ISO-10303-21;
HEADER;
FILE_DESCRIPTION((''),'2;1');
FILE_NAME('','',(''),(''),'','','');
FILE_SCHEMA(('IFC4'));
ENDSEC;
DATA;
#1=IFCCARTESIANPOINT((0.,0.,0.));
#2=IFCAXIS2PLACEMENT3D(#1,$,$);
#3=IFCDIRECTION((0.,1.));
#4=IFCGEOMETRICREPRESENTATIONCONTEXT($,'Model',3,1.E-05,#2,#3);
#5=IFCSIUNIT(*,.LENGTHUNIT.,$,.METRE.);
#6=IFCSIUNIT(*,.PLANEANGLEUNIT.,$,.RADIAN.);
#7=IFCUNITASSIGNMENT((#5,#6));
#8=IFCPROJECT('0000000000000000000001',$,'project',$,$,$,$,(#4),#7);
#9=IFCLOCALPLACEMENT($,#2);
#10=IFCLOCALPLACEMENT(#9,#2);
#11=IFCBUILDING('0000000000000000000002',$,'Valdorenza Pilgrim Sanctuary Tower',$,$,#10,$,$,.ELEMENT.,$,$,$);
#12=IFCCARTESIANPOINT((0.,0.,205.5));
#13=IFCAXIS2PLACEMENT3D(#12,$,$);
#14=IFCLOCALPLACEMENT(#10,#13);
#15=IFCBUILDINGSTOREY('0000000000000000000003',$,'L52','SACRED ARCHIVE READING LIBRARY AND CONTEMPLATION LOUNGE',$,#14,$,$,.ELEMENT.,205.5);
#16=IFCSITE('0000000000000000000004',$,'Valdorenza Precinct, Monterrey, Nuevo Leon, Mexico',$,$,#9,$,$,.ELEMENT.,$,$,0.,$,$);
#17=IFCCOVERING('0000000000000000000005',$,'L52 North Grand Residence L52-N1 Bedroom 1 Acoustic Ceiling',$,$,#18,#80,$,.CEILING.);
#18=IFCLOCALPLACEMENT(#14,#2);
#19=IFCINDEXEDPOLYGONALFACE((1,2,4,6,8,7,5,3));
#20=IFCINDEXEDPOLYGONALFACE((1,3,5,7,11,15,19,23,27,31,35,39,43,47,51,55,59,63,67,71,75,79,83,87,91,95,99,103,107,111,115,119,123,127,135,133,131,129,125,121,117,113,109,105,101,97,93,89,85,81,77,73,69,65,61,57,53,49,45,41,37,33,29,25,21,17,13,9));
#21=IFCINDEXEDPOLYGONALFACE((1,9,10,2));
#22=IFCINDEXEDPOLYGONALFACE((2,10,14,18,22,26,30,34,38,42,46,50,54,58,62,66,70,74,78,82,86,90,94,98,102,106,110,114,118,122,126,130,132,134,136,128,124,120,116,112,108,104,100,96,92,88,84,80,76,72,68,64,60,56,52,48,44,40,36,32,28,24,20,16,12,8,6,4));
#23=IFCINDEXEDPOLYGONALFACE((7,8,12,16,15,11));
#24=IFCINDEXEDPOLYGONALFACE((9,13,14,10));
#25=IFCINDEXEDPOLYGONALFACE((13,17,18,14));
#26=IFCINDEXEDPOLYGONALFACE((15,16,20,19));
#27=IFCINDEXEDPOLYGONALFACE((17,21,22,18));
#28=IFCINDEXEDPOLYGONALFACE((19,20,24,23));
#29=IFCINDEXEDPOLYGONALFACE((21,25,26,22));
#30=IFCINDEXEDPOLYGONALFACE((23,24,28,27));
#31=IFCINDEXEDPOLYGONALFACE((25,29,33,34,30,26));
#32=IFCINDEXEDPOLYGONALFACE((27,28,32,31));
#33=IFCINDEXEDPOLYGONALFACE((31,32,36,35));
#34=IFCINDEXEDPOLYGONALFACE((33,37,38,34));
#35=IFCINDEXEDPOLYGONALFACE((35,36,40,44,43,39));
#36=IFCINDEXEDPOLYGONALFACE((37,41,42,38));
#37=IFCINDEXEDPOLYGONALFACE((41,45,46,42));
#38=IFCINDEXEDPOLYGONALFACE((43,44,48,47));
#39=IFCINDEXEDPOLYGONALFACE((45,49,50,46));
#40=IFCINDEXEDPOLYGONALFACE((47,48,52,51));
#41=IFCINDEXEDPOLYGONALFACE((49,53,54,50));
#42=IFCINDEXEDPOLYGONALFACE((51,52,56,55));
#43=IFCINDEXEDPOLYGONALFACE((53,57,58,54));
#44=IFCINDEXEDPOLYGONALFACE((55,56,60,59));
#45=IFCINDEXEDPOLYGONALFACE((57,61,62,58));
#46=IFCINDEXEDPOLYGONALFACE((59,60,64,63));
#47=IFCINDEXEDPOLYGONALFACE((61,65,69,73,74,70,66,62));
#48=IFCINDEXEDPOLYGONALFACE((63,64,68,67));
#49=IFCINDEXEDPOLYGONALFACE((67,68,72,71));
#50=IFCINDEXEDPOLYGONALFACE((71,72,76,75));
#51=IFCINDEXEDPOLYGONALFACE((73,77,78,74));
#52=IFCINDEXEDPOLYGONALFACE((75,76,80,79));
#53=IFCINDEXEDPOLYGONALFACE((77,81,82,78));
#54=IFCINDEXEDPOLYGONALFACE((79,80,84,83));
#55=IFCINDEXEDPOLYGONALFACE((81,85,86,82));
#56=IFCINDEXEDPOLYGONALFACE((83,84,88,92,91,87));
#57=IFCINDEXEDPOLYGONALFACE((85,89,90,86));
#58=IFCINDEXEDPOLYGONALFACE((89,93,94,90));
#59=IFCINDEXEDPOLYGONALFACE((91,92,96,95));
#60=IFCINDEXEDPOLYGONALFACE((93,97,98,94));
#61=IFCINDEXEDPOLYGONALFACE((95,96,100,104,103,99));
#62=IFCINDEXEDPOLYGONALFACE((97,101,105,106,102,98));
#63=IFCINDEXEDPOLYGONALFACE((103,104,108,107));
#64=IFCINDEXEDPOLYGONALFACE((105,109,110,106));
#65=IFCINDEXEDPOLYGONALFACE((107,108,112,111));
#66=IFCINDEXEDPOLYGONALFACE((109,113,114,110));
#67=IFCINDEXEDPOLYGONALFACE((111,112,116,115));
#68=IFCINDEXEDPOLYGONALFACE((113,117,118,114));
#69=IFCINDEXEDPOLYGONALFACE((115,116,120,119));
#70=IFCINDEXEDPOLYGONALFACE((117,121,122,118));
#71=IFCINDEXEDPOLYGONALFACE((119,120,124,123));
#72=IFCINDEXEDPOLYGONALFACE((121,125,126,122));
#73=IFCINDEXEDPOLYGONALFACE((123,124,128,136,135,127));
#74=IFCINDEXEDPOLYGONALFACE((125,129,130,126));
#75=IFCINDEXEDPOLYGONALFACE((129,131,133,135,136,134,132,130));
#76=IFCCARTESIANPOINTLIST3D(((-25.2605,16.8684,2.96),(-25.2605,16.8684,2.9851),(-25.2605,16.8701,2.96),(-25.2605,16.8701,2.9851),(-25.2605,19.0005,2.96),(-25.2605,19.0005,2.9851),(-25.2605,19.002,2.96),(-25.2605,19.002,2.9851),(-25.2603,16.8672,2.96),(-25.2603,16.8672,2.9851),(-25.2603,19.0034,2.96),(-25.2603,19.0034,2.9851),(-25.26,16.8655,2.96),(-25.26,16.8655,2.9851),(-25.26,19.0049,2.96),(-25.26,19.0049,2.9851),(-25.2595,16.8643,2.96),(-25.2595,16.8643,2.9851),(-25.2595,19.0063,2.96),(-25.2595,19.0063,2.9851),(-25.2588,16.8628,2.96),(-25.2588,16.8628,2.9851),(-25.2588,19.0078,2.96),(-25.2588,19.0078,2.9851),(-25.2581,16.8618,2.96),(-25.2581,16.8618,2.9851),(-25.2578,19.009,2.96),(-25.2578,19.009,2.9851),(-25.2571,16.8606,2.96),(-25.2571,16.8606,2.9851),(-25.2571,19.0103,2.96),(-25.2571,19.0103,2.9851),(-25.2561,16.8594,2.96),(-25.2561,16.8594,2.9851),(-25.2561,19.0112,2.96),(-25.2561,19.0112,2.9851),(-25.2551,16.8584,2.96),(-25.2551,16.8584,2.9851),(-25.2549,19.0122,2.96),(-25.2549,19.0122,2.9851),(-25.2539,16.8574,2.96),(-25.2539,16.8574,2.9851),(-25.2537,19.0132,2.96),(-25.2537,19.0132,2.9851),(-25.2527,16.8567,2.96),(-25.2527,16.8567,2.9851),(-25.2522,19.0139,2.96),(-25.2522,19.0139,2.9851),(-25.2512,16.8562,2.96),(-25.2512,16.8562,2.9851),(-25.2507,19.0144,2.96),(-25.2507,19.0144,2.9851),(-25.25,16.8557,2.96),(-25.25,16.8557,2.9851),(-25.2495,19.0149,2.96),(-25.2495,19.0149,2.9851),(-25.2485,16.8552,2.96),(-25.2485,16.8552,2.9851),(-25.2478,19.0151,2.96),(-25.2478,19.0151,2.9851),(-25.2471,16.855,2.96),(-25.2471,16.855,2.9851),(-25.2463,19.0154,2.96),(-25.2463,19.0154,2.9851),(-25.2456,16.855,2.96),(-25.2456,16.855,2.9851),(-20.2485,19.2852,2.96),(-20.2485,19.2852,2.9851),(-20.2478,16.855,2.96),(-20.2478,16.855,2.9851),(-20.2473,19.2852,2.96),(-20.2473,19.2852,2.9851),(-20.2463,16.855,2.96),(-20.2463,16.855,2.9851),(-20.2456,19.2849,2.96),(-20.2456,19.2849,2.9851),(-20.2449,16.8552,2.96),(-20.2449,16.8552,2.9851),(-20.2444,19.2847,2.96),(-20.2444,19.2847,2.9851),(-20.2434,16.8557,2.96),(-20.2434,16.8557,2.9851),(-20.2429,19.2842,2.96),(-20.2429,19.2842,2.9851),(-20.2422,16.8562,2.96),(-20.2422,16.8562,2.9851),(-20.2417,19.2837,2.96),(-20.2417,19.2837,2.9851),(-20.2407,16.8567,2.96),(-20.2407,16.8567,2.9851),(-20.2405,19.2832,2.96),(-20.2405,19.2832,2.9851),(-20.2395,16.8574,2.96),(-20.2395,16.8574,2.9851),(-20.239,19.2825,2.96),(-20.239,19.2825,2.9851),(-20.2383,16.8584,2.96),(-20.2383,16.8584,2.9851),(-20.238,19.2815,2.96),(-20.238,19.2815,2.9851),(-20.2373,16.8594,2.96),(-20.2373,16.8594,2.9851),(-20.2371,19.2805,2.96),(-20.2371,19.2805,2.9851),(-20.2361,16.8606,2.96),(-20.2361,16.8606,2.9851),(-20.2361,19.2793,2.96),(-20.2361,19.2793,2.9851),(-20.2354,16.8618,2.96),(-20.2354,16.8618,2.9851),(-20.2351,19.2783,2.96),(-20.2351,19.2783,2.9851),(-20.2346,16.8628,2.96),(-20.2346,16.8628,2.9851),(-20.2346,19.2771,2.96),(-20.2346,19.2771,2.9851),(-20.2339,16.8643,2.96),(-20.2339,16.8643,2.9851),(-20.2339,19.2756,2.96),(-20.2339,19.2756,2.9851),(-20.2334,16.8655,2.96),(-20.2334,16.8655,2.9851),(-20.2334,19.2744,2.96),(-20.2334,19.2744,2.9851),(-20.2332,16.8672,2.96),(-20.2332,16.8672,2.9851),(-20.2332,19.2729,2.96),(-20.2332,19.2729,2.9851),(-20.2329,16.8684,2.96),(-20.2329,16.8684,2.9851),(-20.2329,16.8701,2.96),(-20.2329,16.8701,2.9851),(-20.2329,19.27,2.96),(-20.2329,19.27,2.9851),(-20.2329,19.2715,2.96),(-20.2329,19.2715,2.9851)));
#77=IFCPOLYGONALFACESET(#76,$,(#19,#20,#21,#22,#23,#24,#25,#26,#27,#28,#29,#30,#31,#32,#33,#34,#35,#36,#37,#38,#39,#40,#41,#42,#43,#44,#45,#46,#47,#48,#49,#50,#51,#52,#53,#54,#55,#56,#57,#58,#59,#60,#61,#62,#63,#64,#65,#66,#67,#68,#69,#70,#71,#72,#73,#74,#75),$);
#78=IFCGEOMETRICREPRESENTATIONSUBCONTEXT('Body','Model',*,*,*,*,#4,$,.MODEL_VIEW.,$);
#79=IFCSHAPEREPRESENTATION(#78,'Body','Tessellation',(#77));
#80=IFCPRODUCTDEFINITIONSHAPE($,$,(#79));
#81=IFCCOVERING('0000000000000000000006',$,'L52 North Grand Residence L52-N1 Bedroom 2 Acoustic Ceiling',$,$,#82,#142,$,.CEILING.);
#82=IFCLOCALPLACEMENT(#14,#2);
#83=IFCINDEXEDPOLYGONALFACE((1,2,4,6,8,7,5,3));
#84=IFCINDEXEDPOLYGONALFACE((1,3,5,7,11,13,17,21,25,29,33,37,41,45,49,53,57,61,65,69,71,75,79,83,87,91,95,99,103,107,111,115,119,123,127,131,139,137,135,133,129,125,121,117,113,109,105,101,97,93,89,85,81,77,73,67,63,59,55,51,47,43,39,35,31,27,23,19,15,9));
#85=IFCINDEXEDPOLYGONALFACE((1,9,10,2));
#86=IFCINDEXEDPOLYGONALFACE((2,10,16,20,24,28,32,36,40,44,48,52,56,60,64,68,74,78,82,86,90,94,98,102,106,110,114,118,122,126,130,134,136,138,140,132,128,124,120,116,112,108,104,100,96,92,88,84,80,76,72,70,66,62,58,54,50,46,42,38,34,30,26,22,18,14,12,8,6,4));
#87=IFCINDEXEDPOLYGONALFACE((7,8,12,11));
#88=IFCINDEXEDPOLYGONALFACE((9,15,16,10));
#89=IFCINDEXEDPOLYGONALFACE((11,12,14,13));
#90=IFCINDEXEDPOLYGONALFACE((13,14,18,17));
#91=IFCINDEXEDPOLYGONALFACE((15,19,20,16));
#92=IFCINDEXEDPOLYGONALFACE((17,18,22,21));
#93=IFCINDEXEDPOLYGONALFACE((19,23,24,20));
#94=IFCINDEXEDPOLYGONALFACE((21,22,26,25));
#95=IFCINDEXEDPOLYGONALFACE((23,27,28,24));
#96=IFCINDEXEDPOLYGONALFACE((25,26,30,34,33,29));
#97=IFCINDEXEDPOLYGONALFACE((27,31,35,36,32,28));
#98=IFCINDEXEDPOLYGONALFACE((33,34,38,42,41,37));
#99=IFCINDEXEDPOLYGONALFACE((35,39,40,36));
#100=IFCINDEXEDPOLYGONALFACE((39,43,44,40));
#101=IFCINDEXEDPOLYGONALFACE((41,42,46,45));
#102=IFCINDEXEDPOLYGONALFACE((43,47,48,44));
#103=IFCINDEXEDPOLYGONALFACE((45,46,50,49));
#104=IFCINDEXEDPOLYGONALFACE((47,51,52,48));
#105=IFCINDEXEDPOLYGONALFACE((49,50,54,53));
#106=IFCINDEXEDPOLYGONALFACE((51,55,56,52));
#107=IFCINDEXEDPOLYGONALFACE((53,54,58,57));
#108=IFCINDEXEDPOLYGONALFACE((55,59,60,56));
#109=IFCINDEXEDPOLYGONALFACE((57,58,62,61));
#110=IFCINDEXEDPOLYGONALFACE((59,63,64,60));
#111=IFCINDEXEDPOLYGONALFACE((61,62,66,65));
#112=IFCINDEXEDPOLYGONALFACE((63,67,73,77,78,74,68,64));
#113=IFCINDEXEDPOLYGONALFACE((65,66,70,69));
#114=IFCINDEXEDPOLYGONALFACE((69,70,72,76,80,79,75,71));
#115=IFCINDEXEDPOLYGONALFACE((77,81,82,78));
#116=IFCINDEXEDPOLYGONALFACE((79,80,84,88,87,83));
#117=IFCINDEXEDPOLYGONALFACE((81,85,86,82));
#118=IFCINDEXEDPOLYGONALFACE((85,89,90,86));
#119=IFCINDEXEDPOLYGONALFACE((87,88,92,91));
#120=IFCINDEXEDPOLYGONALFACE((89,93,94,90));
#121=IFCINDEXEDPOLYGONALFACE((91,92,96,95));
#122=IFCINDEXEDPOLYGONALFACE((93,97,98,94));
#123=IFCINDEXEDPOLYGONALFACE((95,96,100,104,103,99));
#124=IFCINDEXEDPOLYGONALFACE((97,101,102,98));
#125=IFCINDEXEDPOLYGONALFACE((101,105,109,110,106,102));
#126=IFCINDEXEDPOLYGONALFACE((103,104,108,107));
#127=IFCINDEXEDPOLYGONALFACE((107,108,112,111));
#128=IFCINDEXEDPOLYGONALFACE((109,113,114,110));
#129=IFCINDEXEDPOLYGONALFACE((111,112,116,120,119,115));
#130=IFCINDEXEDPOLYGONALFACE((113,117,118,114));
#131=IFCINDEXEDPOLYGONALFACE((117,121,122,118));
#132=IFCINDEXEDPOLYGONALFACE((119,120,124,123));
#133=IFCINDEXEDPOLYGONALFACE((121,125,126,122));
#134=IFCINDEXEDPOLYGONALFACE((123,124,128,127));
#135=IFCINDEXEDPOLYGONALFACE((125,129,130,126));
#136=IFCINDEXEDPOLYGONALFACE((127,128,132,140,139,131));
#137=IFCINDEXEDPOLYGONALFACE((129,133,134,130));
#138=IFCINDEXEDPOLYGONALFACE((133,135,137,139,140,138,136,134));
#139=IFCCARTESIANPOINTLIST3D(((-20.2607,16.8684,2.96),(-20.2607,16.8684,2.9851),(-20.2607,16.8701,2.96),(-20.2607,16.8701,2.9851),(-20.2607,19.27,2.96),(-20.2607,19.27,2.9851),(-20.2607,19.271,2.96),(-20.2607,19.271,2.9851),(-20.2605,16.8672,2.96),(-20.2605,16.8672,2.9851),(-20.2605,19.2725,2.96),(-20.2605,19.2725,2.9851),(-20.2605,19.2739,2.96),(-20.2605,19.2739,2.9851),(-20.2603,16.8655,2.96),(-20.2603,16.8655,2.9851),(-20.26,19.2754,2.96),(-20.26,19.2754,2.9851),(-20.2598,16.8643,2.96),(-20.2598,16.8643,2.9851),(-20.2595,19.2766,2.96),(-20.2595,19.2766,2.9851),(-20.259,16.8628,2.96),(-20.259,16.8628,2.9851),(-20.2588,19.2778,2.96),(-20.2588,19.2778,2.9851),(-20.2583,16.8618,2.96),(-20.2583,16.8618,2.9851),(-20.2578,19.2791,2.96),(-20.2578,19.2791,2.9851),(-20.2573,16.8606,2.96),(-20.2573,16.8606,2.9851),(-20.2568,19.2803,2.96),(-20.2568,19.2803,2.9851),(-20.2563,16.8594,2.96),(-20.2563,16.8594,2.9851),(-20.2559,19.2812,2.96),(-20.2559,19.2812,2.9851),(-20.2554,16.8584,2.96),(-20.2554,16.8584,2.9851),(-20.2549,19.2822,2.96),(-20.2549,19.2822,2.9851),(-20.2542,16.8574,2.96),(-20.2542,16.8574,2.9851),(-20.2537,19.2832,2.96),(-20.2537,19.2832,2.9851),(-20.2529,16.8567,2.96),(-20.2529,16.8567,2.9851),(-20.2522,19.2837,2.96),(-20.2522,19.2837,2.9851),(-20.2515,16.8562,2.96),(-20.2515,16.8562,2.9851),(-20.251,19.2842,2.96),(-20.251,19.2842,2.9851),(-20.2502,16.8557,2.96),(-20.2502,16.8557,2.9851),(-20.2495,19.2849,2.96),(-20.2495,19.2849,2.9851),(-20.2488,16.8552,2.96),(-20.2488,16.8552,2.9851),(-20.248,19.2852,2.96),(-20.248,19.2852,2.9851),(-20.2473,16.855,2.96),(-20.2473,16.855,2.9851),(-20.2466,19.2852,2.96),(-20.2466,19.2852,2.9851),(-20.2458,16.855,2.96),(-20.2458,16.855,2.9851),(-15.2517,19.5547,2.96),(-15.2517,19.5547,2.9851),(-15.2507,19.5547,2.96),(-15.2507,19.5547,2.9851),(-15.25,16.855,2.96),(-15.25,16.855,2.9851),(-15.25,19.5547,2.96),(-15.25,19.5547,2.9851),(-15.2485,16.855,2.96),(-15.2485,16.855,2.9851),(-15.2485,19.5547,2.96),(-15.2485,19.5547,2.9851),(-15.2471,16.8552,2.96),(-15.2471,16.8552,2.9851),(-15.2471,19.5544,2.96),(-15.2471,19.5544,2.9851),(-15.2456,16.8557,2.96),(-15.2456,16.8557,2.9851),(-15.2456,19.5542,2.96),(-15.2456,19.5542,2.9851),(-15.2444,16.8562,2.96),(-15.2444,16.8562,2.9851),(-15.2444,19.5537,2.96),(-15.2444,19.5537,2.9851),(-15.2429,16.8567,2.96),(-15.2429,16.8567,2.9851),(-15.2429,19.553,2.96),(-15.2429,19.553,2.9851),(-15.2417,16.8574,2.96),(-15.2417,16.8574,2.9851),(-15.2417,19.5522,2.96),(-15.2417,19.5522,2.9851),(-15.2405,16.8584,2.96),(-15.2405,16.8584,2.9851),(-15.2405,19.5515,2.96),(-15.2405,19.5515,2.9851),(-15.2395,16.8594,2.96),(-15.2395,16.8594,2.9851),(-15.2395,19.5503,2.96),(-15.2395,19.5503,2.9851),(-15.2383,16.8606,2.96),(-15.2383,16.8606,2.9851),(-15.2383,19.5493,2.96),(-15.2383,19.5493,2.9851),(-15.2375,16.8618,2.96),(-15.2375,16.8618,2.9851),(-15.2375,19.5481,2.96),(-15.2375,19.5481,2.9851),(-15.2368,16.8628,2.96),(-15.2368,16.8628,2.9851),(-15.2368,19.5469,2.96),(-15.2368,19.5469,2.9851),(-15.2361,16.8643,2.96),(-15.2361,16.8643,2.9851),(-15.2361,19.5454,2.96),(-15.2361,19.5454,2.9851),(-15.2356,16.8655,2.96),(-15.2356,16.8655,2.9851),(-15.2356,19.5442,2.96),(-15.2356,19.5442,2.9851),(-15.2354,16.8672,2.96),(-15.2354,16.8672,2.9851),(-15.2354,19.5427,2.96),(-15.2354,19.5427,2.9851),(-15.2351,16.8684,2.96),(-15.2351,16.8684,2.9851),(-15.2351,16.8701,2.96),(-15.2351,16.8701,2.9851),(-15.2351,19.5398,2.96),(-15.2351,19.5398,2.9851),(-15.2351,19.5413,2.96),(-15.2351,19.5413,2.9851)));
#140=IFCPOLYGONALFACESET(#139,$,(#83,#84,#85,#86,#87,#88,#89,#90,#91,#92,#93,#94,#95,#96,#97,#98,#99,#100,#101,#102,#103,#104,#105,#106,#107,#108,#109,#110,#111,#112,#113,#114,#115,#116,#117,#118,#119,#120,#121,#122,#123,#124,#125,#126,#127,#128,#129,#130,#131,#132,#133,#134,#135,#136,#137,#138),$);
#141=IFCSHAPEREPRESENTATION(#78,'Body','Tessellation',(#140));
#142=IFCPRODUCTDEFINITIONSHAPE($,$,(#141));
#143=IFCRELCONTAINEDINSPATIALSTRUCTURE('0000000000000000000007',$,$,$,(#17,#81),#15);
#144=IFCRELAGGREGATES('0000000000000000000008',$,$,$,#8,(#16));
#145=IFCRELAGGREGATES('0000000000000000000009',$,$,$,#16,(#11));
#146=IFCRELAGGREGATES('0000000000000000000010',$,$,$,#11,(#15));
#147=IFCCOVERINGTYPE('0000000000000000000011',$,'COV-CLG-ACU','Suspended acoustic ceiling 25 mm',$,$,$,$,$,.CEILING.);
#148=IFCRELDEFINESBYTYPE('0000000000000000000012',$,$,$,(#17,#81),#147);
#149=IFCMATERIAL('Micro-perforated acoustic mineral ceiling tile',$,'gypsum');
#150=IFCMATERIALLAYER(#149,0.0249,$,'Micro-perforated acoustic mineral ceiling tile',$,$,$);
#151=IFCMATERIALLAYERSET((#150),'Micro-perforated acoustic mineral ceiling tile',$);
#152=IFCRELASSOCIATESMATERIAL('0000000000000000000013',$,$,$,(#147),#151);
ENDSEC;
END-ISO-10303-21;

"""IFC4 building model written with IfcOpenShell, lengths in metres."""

from ifc_helpers import new_model, si_unit, direction, frame, origin, place, context, subcontext, project, spatial, polyline, outline, extrude, material, layer, layer_set, type_object, element, save


model = new_model("IFC4")

# Units and contexts
model_context = context("Model", 3, precision=1e-05, world=origin(), true_north=direction((0.0, 1.0)))
body_context = subcontext(model_context, "Body", "Model", "MODEL_VIEW")
ifc_project = project(units=[si_unit("LENGTHUNIT", "METRE"), si_unit("PLANEANGLEUNIT", "RADIAN")], contexts=[model_context])

# Site, building, storey
site_placement = place(None, origin())
site = spatial("IfcSite", under=ifc_project, at=site_placement, Name="Valdorenza Precinct, Monterrey, Nuevo Leon, Mexico", CompositionType="ELEMENT", RefElevation=0.0)
building_placement = place(site_placement, origin())
building = spatial("IfcBuilding", under=site, at=building_placement, Name="Valdorenza Pilgrim Sanctuary Tower", CompositionType="ELEMENT")
storey_placement = place(building_placement, frame((0.0, 0.0, 205.5)))
storey = spatial("IfcBuildingStorey", under=building, at=storey_placement, Name="L52", Description="SACRED ARCHIVE READING LIBRARY AND CONTEMPLATION LOUNGE", CompositionType="ELEMENT", Elevation=205.5)

# Coverings
ifc_material_1 = material(Name="Micro-perforated acoustic mineral ceiling tile", Category="gypsum")
ifc_layer_1 = layer(ifc_material_1, 0.0249, Name="Micro-perforated acoustic mineral ceiling tile")
ifc_layer_set_1 = layer_set([ifc_layer_1], Name="Micro-perforated acoustic mineral ceiling tile")
covering_type_1 = type_object("IfcCoveringType", Name="COV-CLG-ACU", Description="Suspended acoustic ceiling 25 mm", PredefinedType="CEILING", material=ifc_layer_set_1)
covering_1_placement = place(storey_placement, frame((0.0, 0.0, 2.96)))
element("IfcCovering", 1, at=covering_1_placement, inside=storey, type_object=covering_type_1, Name="L52 North Grand Residence L52-N1 Bedroom 1 Acoustic Ceiling", PredefinedType="CEILING", context=body_context, shape_type="SweptSolid", body=[
    extrude(outline(polyline([(-25.2456, 16.855), (-25.2471, 16.855), (-25.2485, 16.8552), (-25.25, 16.8557), (-25.2512, 16.8562), (-25.2527, 16.8567), (-25.2539, 16.8574), (-25.2551, 16.8584), (-25.2561, 16.8594), (-25.2571, 16.8606), (-25.2581, 16.8618), (-25.2588, 16.8628), (-25.2595, 16.8643), (-25.26, 16.8655), (-25.2603, 16.8672), (-25.2605, 16.8684), (-25.2605, 16.8701), (-25.2605, 19.0005), (-25.2605, 19.002), (-25.2603, 19.0034), (-25.26, 19.0049), (-25.2595, 19.0063), (-25.2588, 19.0078), (-25.2578, 19.009), (-25.2571, 19.0103), (-25.2561, 19.0112), (-25.2549, 19.0122), (-25.2537, 19.0132), (-25.2522, 19.0139), (-25.2507, 19.0144), (-25.2495, 19.0149), (-25.2478, 19.0151), (-25.2463, 19.0154), (-20.2485, 19.2852), (-20.2473, 19.2852), (-20.2456, 19.2849), (-20.2444, 19.2847), (-20.2429, 19.2842), (-20.2417, 19.2837), (-20.2405, 19.2832), (-20.239, 19.2825), (-20.238, 19.2815), (-20.2371, 19.2805), (-20.2361, 19.2793), (-20.2351, 19.2783), (-20.2346, 19.2771), (-20.2339, 19.2756), (-20.2334, 19.2744), (-20.2332, 19.2729), (-20.2329, 19.2715), (-20.2329, 19.27), (-20.2329, 16.8701), (-20.2329, 16.8684), (-20.2332, 16.8672), (-20.2334, 16.8655), (-20.2339, 16.8643), (-20.2346, 16.8628), (-20.2354, 16.8618), (-20.2361, 16.8606), (-20.2373, 16.8594), (-20.2383, 16.8584), (-20.2395, 16.8574), (-20.2407, 16.8567), (-20.2422, 16.8562), (-20.2434, 16.8557), (-20.2449, 16.8552), (-20.2463, 16.855), (-20.2478, 16.855), (-25.2456, 16.855)])), origin(), (0.0, 0.0, 1.0), 0.0251),
])
covering_2_placement = place(storey_placement, frame((0.0, 0.0, 2.96)))
element("IfcCovering", 2, at=covering_2_placement, inside=storey, type_object=covering_type_1, Name="L52 North Grand Residence L52-N1 Bedroom 2 Acoustic Ceiling", PredefinedType="CEILING", context=body_context, shape_type="SweptSolid", body=[
    extrude(outline(polyline([(-20.2607, 19.27), (-20.2607, 19.271), (-20.2605, 19.2725), (-20.2605, 19.2739), (-20.26, 19.2754), (-20.2595, 19.2766), (-20.2588, 19.2778), (-20.2578, 19.2791), (-20.2568, 19.2803), (-20.2559, 19.2812), (-20.2549, 19.2822), (-20.2537, 19.2832), (-20.2522, 19.2837), (-20.251, 19.2842), (-20.2495, 19.2849), (-20.248, 19.2852), (-20.2466, 19.2852), (-15.2517, 19.5547), (-15.2507, 19.5547), (-15.25, 19.5547), (-15.2485, 19.5547), (-15.2471, 19.5544), (-15.2456, 19.5542), (-15.2444, 19.5537), (-15.2429, 19.553), (-15.2417, 19.5522), (-15.2405, 19.5515), (-15.2395, 19.5503), (-15.2383, 19.5493), (-15.2375, 19.5481), (-15.2368, 19.5469), (-15.2361, 19.5454), (-15.2356, 19.5442), (-15.2354, 19.5427), (-15.2351, 19.5413), (-15.2351, 19.5398), (-15.2351, 16.8701), (-15.2351, 16.8684), (-15.2354, 16.8672), (-15.2356, 16.8655), (-15.2361, 16.8643), (-15.2368, 16.8628), (-15.2375, 16.8618), (-15.2383, 16.8606), (-15.2395, 16.8594), (-15.2405, 16.8584), (-15.2417, 16.8574), (-15.2429, 16.8567), (-15.2444, 16.8562), (-15.2456, 16.8557), (-15.2471, 16.8552), (-15.2485, 16.855), (-15.25, 16.855), (-20.2458, 16.855), (-20.2473, 16.855), (-20.2488, 16.8552), (-20.2502, 16.8557), (-20.2515, 16.8562), (-20.2529, 16.8567), (-20.2542, 16.8574), (-20.2554, 16.8584), (-20.2563, 16.8594), (-20.2573, 16.8606), (-20.2583, 16.8618), (-20.259, 16.8628), (-20.2598, 16.8643), (-20.2603, 16.8655), (-20.2605, 16.8672), (-20.2607, 16.8684), (-20.2607, 16.8701), (-20.2607, 19.27), (-20.2607, 19.27)])), origin(), (0.0, 0.0, 1.0), 0.0251),
])

save(model, "model.ifc")
